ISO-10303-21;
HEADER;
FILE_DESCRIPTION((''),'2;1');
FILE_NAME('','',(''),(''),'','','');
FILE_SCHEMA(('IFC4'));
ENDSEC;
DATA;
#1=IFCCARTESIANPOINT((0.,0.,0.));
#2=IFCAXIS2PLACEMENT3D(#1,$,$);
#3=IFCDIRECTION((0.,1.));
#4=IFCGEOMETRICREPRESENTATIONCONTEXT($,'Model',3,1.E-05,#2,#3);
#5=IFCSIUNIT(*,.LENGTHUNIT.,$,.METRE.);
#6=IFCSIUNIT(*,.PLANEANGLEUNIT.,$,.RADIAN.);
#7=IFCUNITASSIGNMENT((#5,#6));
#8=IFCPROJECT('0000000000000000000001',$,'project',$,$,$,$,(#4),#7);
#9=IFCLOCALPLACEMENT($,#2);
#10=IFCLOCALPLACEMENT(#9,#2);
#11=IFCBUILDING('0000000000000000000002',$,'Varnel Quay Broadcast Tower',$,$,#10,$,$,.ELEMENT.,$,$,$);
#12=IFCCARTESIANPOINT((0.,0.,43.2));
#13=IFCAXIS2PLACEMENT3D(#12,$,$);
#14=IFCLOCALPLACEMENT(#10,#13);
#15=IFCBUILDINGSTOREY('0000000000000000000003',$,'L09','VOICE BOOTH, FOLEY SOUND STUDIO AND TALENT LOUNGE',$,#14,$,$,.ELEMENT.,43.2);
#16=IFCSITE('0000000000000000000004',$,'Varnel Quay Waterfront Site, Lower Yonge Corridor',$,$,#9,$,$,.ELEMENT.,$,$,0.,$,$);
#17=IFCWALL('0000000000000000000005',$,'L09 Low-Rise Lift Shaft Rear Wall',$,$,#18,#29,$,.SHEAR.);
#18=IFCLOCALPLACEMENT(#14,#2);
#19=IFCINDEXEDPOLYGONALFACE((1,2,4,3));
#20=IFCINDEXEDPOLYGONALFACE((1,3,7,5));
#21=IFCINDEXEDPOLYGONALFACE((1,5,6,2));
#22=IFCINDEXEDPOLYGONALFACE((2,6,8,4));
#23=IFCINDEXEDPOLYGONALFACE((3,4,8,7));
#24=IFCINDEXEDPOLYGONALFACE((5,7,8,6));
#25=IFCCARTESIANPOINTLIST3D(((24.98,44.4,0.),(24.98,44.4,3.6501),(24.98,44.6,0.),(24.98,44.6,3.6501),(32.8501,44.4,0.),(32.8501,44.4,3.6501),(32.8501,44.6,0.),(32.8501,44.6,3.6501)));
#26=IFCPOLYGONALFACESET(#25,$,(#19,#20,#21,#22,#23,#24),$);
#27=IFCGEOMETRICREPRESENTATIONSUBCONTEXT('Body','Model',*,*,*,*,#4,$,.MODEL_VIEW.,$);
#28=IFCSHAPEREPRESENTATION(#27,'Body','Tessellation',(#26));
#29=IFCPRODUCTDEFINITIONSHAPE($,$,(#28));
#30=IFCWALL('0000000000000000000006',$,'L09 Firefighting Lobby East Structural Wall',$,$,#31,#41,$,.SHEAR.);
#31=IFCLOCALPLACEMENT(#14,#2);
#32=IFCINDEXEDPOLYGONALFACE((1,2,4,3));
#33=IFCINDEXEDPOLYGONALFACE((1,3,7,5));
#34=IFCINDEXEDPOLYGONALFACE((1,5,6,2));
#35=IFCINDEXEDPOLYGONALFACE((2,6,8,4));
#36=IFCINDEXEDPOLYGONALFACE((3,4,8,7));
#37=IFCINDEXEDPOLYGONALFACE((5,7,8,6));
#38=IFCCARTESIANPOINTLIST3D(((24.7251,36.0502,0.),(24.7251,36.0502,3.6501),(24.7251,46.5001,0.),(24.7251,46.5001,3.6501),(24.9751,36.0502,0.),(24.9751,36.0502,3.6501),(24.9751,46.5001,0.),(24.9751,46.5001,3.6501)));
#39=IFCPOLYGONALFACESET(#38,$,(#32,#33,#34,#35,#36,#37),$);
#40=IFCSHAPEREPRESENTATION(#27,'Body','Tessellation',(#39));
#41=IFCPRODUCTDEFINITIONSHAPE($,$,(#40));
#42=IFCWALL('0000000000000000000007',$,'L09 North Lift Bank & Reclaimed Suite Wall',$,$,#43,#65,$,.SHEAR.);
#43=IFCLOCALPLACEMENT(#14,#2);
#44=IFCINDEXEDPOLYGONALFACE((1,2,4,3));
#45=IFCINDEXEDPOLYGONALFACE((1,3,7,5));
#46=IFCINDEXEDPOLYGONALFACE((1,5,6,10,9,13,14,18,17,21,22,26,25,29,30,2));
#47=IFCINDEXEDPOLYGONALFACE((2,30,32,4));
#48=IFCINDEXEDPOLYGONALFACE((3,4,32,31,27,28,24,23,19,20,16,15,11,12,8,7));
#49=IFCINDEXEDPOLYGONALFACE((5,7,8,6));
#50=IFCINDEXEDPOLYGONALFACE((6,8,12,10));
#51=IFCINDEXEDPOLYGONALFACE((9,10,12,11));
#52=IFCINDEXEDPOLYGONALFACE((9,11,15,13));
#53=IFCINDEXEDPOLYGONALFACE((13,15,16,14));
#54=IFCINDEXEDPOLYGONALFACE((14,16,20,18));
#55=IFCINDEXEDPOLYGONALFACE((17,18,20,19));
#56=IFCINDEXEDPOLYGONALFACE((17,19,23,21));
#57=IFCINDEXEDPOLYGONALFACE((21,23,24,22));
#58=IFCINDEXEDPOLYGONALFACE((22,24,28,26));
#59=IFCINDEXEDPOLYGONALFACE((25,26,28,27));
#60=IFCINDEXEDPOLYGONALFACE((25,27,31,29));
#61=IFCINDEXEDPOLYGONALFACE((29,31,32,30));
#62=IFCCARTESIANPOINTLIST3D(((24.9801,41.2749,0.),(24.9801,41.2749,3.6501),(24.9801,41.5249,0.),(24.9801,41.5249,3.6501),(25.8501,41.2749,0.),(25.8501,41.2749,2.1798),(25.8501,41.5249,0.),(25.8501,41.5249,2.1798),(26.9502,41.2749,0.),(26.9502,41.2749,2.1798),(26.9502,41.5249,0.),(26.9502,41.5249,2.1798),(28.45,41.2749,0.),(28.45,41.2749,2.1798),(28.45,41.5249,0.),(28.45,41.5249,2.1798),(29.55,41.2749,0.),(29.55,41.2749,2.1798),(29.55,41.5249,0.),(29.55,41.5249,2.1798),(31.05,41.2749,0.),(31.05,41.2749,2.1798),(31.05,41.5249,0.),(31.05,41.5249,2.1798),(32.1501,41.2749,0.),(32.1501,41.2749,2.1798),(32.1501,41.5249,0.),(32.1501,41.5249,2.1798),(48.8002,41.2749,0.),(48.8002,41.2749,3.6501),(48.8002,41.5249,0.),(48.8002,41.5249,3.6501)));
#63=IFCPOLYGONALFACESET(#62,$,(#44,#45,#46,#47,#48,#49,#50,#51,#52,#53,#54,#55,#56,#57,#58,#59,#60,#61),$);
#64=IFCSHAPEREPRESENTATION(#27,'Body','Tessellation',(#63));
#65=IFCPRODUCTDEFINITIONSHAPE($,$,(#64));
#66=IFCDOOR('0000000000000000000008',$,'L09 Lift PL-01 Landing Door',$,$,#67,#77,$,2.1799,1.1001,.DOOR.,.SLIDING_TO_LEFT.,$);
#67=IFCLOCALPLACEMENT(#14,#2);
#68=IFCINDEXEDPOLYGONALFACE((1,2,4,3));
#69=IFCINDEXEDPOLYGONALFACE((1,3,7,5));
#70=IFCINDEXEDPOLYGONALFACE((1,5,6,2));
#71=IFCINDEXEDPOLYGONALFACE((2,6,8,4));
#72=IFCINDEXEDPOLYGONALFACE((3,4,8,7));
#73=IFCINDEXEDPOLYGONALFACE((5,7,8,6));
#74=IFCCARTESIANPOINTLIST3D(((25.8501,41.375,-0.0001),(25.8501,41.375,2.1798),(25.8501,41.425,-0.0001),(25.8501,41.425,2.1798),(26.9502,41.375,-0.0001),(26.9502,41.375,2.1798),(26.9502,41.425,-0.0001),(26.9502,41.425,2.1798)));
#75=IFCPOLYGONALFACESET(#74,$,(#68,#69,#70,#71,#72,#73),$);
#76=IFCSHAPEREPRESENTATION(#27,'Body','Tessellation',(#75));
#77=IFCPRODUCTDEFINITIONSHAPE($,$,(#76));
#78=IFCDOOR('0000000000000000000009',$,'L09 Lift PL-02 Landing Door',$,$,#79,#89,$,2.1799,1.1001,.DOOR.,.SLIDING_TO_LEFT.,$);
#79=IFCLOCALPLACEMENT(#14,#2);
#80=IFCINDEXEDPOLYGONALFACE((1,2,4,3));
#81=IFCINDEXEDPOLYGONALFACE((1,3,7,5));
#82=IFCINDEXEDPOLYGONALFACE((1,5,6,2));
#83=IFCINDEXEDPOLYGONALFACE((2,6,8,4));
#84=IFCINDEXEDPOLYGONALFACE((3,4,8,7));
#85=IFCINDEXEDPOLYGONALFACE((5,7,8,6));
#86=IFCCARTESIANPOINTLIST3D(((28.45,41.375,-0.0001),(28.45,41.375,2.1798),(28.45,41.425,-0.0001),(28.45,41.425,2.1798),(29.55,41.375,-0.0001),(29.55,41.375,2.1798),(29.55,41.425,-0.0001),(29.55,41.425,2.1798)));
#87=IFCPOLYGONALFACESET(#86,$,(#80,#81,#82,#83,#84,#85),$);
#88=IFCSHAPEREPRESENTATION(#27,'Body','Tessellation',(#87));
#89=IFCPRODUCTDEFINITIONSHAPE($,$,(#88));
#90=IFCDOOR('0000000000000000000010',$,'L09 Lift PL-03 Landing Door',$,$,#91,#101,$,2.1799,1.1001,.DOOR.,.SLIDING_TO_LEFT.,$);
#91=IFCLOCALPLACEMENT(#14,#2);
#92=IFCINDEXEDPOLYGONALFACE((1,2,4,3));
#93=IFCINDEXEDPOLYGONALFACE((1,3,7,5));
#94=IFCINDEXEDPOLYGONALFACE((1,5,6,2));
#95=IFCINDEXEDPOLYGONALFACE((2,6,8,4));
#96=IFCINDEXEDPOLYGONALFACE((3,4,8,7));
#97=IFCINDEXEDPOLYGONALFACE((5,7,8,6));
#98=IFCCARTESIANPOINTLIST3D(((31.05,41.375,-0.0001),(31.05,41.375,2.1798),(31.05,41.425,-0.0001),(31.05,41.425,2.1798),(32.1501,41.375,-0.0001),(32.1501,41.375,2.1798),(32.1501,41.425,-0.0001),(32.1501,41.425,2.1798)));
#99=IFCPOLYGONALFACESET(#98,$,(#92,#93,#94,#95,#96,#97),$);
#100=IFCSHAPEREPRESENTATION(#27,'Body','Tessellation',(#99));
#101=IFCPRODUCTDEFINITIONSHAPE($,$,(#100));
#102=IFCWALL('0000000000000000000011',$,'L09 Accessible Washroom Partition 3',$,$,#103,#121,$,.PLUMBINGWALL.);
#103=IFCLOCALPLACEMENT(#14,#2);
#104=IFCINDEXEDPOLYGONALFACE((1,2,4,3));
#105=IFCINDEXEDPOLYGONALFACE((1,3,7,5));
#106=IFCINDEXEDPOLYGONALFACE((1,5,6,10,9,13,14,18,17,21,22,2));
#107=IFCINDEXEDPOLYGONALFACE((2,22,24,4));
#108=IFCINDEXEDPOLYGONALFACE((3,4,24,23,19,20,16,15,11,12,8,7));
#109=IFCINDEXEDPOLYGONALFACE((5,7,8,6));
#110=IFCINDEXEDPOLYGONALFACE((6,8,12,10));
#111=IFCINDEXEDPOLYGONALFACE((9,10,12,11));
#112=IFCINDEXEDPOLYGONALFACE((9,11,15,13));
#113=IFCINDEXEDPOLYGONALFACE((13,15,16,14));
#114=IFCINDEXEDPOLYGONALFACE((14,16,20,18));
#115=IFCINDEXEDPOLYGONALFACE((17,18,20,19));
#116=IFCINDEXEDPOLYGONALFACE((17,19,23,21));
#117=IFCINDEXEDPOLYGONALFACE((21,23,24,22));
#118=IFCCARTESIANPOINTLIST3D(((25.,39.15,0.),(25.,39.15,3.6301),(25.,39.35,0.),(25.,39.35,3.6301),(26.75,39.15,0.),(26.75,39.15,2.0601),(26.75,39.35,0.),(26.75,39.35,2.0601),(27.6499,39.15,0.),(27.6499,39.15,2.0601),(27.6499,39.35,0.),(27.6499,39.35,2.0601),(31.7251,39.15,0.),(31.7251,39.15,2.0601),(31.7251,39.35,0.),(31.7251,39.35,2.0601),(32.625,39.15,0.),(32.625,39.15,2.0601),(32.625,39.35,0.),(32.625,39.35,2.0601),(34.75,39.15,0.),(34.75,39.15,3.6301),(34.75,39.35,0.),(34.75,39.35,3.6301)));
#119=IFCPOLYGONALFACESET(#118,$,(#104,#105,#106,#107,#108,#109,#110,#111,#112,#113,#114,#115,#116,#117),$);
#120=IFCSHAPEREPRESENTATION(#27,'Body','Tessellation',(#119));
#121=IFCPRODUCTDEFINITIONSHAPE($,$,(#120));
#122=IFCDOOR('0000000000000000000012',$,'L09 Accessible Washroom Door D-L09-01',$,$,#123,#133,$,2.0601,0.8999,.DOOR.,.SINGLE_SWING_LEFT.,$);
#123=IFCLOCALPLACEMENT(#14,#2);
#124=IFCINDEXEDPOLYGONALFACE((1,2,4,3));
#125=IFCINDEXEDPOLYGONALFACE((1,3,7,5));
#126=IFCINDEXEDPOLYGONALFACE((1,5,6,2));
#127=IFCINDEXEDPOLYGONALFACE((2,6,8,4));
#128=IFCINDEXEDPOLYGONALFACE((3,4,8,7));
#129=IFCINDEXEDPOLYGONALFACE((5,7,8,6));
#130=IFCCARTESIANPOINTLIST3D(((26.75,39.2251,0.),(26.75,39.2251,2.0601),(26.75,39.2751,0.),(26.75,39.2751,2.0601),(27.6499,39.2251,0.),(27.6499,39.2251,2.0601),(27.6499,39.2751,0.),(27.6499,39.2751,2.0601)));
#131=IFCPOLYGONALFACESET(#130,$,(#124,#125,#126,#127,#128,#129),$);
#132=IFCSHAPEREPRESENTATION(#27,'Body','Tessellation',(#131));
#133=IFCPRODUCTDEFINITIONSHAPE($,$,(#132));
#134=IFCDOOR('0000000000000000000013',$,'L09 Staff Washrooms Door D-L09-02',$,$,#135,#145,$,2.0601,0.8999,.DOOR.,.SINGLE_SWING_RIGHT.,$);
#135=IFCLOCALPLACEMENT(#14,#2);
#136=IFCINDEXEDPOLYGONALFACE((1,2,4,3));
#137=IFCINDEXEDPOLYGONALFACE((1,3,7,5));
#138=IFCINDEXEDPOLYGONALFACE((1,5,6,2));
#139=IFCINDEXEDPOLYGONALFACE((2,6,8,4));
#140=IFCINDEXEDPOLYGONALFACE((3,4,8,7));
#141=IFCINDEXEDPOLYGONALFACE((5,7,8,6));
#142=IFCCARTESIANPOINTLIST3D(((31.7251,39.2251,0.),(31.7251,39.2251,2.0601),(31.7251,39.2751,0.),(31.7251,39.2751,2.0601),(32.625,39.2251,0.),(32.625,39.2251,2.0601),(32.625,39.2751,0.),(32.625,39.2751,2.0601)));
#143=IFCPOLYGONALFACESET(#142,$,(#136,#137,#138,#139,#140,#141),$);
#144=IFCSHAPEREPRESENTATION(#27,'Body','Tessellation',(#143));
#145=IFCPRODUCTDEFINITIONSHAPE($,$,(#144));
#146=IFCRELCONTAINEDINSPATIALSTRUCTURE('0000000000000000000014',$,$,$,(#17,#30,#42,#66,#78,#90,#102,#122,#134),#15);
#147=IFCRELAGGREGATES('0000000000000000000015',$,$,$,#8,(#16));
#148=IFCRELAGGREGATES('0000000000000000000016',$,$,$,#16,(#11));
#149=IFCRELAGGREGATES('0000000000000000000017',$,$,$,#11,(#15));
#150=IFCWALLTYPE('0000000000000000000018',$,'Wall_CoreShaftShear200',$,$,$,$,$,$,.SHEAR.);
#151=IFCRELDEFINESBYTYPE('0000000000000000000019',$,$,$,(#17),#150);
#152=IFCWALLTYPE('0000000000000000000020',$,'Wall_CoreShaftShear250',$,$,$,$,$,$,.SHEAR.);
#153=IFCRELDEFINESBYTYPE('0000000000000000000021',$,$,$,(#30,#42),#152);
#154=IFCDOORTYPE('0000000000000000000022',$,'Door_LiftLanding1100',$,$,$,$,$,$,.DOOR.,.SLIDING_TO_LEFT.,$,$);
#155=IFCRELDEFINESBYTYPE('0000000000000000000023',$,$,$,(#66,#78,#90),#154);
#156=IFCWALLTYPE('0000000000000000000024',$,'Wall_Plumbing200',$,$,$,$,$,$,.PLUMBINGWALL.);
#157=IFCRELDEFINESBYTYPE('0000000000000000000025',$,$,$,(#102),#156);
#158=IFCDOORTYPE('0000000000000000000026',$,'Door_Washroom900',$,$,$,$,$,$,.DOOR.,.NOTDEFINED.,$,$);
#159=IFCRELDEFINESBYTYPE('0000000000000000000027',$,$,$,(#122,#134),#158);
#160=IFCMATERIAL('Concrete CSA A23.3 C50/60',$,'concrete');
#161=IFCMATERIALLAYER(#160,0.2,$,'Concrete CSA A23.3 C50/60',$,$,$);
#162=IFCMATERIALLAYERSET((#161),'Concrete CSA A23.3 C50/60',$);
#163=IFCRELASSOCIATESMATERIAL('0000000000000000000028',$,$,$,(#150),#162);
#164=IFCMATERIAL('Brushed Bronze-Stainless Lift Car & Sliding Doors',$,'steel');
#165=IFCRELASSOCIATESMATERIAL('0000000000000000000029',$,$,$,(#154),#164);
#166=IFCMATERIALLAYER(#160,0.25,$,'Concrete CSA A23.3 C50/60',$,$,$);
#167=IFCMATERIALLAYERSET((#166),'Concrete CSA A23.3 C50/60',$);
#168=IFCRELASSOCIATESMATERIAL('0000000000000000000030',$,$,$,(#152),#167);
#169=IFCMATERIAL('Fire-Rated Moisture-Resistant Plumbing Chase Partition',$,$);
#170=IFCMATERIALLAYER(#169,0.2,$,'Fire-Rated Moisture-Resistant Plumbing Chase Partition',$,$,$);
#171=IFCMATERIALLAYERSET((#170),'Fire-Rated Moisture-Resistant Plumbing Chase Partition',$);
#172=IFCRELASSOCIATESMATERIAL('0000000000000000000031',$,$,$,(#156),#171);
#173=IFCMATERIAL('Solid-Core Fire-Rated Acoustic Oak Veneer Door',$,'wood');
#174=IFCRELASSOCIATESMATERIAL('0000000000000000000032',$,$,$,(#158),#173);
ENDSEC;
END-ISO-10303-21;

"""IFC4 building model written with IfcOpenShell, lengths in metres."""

from ifc_helpers import new_model, si_unit, direction, frame, frame_2d, origin, place, context, subcontext, project, spatial, rectangle, extrude, source, transform, mapped, material, layer, layer_set, type_object, type_shapes, element, fill, save


model = new_model("IFC4")

# Units and contexts
model_context = context("Model", 3, precision=1e-05, world=origin(), true_north=direction((0.0, 1.0)))
body_context = subcontext(model_context, "Body", "Model", "MODEL_VIEW")
ifc_project = project(units=[si_unit("LENGTHUNIT", "METRE"), si_unit("PLANEANGLEUNIT", "RADIAN")], contexts=[model_context])

# Site, building, storey
site_placement = place(None, origin())
site = spatial("IfcSite", under=ifc_project, at=site_placement, Name="Varnel Quay Waterfront Site, Lower Yonge Corridor", CompositionType="ELEMENT", RefElevation=0.0)
building_placement = place(site_placement, origin())
building = spatial("IfcBuilding", under=site, at=building_placement, Name="Varnel Quay Broadcast Tower", CompositionType="ELEMENT")
storey_placement = place(building_placement, frame((0.0, 0.0, 43.2)))
storey = spatial("IfcBuildingStorey", under=building, at=storey_placement, Name="L09", Description="VOICE BOOTH, FOLEY SOUND STUDIO AND TALENT LOUNGE", CompositionType="ELEMENT", Elevation=43.2)

# Shared definitions
ifc_material_1 = material(Name="Concrete CSA A23.3 C50/60", Category="concrete")
ifc_layer_1 = layer(ifc_material_1, 0.2, Name="Concrete CSA A23.3 C50/60")
ifc_layer_set_1 = layer_set([ifc_layer_1], Name="Concrete CSA A23.3 C50/60")
wall_type_1 = type_object("IfcWallType", Name="Wall_CoreShaftShear200", PredefinedType="SHEAR", material=ifc_layer_set_1)
ifc_material_2 = material(Name="Brushed Bronze-Stainless Lift Car & Sliding Doors", Category="steel")
door_type_1 = type_object("IfcDoorType", Name="Door_LiftLanding1100", OperationType="SLIDING_TO_LEFT", PredefinedType="DOOR", material=ifc_material_2)
shared_shape_1 = source(origin(), body_context, "Body", "SweptSolid", [
    extrude(rectangle(XDim=1.1001, YDim=2.1799, at=frame_2d((0.55, 1.0898))), frame((0.0, 0.0249, 0.0), z_axis=(0.0, -1.0, 0.0), x_axis=(1.0, 0.0, 0.0)), (0.0, 0.0, 1.0), 0.05),
])
type_shapes(door_type_1, [shared_shape_1])

# Walls
wall_1_placement = place(storey_placement, frame((24.98, 44.5, 0.0), z_axis=(0.0, 0.0, 1.0), x_axis=(1.0, 0.0, 0.0)))
element("IfcWall", 1, at=wall_1_placement, inside=storey, type_object=wall_type_1, Name="L09 Low-Rise Lift Shaft Rear Wall", PredefinedType="SHEAR", context=body_context, shape_type="SweptSolid", body=[
    extrude(rectangle(XDim=7.8701, YDim=0.2, at=frame_2d((3.9351, 0.0))), origin(), (0.0, 0.0, 1.0), 3.6501),
])
ifc_layer_2 = layer(ifc_material_1, 0.25, Name="Concrete CSA A23.3 C50/60")
ifc_layer_set_2 = layer_set([ifc_layer_2], Name="Concrete CSA A23.3 C50/60")
wall_type_2 = type_object("IfcWallType", Name="Wall_CoreShaftShear250", PredefinedType="SHEAR", material=ifc_layer_set_2)
wall_2_placement = place(storey_placement, frame((24.8501, 36.05, 0.0), z_axis=(0.0, 0.0, 1.0), x_axis=(0.0, 1.0, 0.0)))
element("IfcWall", 2, at=wall_2_placement, inside=storey, type_object=wall_type_2, Name="L09 Firefighting Lobby East Structural Wall", PredefinedType="SHEAR", context=body_context, shape_type="SweptSolid", body=[
    extrude(rectangle(XDim=10.45, YDim=0.25, at=frame_2d((5.2251, 0.0))), origin(), (0.0, 0.0, 1.0), 3.6501),
])

# Walls, openings, doors
wall_3_placement = place(storey_placement, frame((24.98, 41.3999, 0.0), z_axis=(0.0, 0.0, 1.0), x_axis=(1.0, 0.0, 0.0)))
wall_3 = element("IfcWall", 3, at=wall_3_placement, inside=storey, type_object=wall_type_2, Name="L09 North Lift Bank & Reclaimed Suite Wall", PredefinedType="SHEAR", context=body_context, shape_type="SweptSolid", body=[
    extrude(rectangle(XDim=23.8201, YDim=0.25, at=frame_2d((11.9102, 0.0))), origin(), (0.0, 0.0, 1.0), 3.6501),
])
opening_1_placement = place(wall_3_placement, frame((0.8701, 0.0, 0.0)))
opening_1 = element("IfcOpeningElement", 4, at=opening_1_placement, cuts=wall_3, PredefinedType="OPENING", context=body_context, shape_type="SweptSolid", body=[
    extrude(rectangle(XDim=1.1001, YDim=2.1799, at=frame_2d((0.55, 1.0898))), frame((0.0, 0.135, 0.0), z_axis=(0.0, -1.0, 0.0), x_axis=(1.0, 0.0, 0.0)), (0.0, 0.0, 1.0), 0.27),
])
opening_2_placement = place(wall_3_placement, frame((3.47, 0.0, 0.0)))
opening_2 = element("IfcOpeningElement", 5, at=opening_2_placement, cuts=wall_3, PredefinedType="OPENING", context=body_context, shape_type="SweptSolid", body=[
    extrude(rectangle(XDim=1.1001, YDim=2.1799, at=frame_2d((0.55, 1.0898))), frame((0.0, 0.135, 0.0), z_axis=(0.0, -1.0, 0.0), x_axis=(1.0, 0.0, 0.0)), (0.0, 0.0, 1.0), 0.27),
])
opening_3_placement = place(wall_3_placement, frame((6.0701, 0.0, 0.0)))
opening_3 = element("IfcOpeningElement", 6, at=opening_3_placement, cuts=wall_3, PredefinedType="OPENING", context=body_context, shape_type="SweptSolid", body=[
    extrude(rectangle(XDim=1.1001, YDim=2.1799, at=frame_2d((0.55, 1.0898))), frame((0.0, 0.135, 0.0), z_axis=(0.0, -1.0, 0.0), x_axis=(1.0, 0.0, 0.0)), (0.0, 0.0, 1.0), 0.27),
])
door_1_placement = place(opening_1_placement, frame((1.1001, 0.0, 0.0), z_axis=(0.0, 0.0, 1.0), x_axis=(-1.0, 0.0, 0.0)))
door_1 = element("IfcDoor", 7, at=door_1_placement, inside=storey, type_object=door_type_1, Name="L09 Lift PL-01 Landing Door", OperationType="SLIDING_TO_LEFT", OverallHeight=2.1799, OverallWidth=1.1001, PredefinedType="DOOR", context=body_context, shape_type="MappedRepresentation", body=[
    mapped(shared_shape_1, transform((0.0, 0.0, 0.0), x_axis=(1.0, 0.0, 0.0), y_axis=(0.0, 1.0, 0.0), z_axis=(0.0, 0.0, 1.0), scale=1.0)),
])
fill(opening_1, door_1)
door_2_placement = place(opening_2_placement, frame((1.1001, 0.0, 0.0), z_axis=(0.0, 0.0, 1.0), x_axis=(-1.0, 0.0, 0.0)))
door_2 = element("IfcDoor", 8, at=door_2_placement, inside=storey, type_object=door_type_1, Name="L09 Lift PL-02 Landing Door", OperationType="SLIDING_TO_LEFT", OverallHeight=2.1799, OverallWidth=1.1001, PredefinedType="DOOR", context=body_context, shape_type="MappedRepresentation", body=[
    mapped(shared_shape_1, transform((0.0, 0.0, 0.0), x_axis=(1.0, 0.0, 0.0), y_axis=(0.0, 1.0, 0.0), z_axis=(0.0, 0.0, 1.0), scale=1.0)),
])
fill(opening_2, door_2)
door_3_placement = place(opening_3_placement, frame((1.1001, 0.0, 0.0), z_axis=(0.0, 0.0, 1.0), x_axis=(-1.0, 0.0, 0.0)))
door_3 = element("IfcDoor", 9, at=door_3_placement, inside=storey, type_object=door_type_1, Name="L09 Lift PL-03 Landing Door", OperationType="SLIDING_TO_LEFT", OverallHeight=2.1799, OverallWidth=1.1001, PredefinedType="DOOR", context=body_context, shape_type="MappedRepresentation", body=[
    mapped(shared_shape_1, transform((0.0, 0.0, 0.0), x_axis=(1.0, 0.0, 0.0), y_axis=(0.0, 1.0, 0.0), z_axis=(0.0, 0.0, 1.0), scale=1.0)),
])
fill(opening_3, door_3)
ifc_material_3 = material(Name="Fire-Rated Moisture-Resistant Plumbing Chase Partition")
ifc_layer_3 = layer(ifc_material_3, 0.2, Name="Fire-Rated Moisture-Resistant Plumbing Chase Partition")
ifc_layer_set_3 = layer_set([ifc_layer_3], Name="Fire-Rated Moisture-Resistant Plumbing Chase Partition")
wall_type_3 = type_object("IfcWallType", Name="Wall_Plumbing200", PredefinedType="PLUMBINGWALL", material=ifc_layer_set_3)
wall_4_placement = place(storey_placement, frame((25.0, 39.25, 0.0), z_axis=(0.0, 0.0, 1.0), x_axis=(1.0, 0.0, 0.0)))
wall_4 = element("IfcWall", 10, at=wall_4_placement, inside=storey, type_object=wall_type_3, Name="L09 Accessible Washroom Partition 3", PredefinedType="PLUMBINGWALL", context=body_context, shape_type="SweptSolid", body=[
    extrude(rectangle(XDim=9.75, YDim=0.2, at=frame_2d((4.875, 0.0))), origin(), (0.0, 0.0, 1.0), 3.6301),
])
opening_4_placement = place(wall_4_placement, frame((1.75, 0.0, 0.0)))
opening_4 = element("IfcOpeningElement", 11, at=opening_4_placement, cuts=wall_4, PredefinedType="OPENING", context=body_context, shape_type="SweptSolid", body=[
    extrude(rectangle(XDim=0.8999, YDim=2.0601, at=frame_2d((0.45, 1.03))), frame((0.0, 0.1099, 0.0), z_axis=(0.0, -1.0, 0.0), x_axis=(1.0, 0.0, 0.0)), (0.0, 0.0, 1.0), 0.22),
])
opening_5_placement = place(wall_4_placement, frame((6.7251, 0.0, 0.0)))
opening_5 = element("IfcOpeningElement", 12, at=opening_5_placement, cuts=wall_4, PredefinedType="OPENING", context=body_context, shape_type="SweptSolid", body=[
    extrude(rectangle(XDim=0.8999, YDim=2.0601, at=frame_2d((0.45, 1.03))), frame((0.0, 0.1099, 0.0), z_axis=(0.0, -1.0, 0.0), x_axis=(1.0, 0.0, 0.0)), (0.0, 0.0, 1.0), 0.22),
])
ifc_material_4 = material(Name="Solid-Core Fire-Rated Acoustic Oak Veneer Door", Category="wood")
door_type_2 = type_object("IfcDoorType", Name="Door_Washroom900", OperationType="NOTDEFINED", PredefinedType="DOOR", material=ifc_material_4)
shared_shape_2 = source(origin(), body_context, "Body", "SweptSolid", [
    extrude(rectangle(XDim=0.8999, YDim=2.0601, at=frame_2d((0.45, 1.03))), frame((0.0, 0.0249, 0.0), z_axis=(0.0, -1.0, 0.0), x_axis=(1.0, 0.0, 0.0)), (0.0, 0.0, 1.0), 0.05),
])
type_shapes(door_type_2, [shared_shape_2])
door_4_placement = place(opening_4_placement, frame((0.8999, 0.0, 0.0), z_axis=(0.0, 0.0, 1.0), x_axis=(-1.0, 0.0, 0.0)))
door_4 = element("IfcDoor", 13, at=door_4_placement, inside=storey, type_object=door_type_2, Name="L09 Accessible Washroom Door D-L09-01", OperationType="SINGLE_SWING_LEFT", OverallHeight=2.0601, OverallWidth=0.8999, PredefinedType="DOOR", context=body_context, shape_type="MappedRepresentation", body=[
    mapped(shared_shape_2, transform((0.0, 0.0, 0.0), x_axis=(1.0, 0.0, 0.0), y_axis=(0.0, 1.0, 0.0), z_axis=(0.0, 0.0, 1.0), scale=1.0)),
])
fill(opening_4, door_4)
door_5_placement = place(opening_5_placement, frame((0.8999, 0.0, 0.0), z_axis=(0.0, 0.0, 1.0), x_axis=(-1.0, 0.0, 0.0)))
door_5 = element("IfcDoor", 14, at=door_5_placement, inside=storey, type_object=door_type_2, Name="L09 Staff Washrooms Door D-L09-02", OperationType="SINGLE_SWING_RIGHT", OverallHeight=2.0601, OverallWidth=0.8999, PredefinedType="DOOR", context=body_context, shape_type="MappedRepresentation", body=[
    mapped(shared_shape_2, transform((0.0, 0.0, 0.0), x_axis=(1.0, 0.0, 0.0), y_axis=(0.0, 1.0, 0.0), z_axis=(0.0, 0.0, 1.0), scale=1.0)),
])
fill(opening_5, door_5)

save(model, "model.ifc")
